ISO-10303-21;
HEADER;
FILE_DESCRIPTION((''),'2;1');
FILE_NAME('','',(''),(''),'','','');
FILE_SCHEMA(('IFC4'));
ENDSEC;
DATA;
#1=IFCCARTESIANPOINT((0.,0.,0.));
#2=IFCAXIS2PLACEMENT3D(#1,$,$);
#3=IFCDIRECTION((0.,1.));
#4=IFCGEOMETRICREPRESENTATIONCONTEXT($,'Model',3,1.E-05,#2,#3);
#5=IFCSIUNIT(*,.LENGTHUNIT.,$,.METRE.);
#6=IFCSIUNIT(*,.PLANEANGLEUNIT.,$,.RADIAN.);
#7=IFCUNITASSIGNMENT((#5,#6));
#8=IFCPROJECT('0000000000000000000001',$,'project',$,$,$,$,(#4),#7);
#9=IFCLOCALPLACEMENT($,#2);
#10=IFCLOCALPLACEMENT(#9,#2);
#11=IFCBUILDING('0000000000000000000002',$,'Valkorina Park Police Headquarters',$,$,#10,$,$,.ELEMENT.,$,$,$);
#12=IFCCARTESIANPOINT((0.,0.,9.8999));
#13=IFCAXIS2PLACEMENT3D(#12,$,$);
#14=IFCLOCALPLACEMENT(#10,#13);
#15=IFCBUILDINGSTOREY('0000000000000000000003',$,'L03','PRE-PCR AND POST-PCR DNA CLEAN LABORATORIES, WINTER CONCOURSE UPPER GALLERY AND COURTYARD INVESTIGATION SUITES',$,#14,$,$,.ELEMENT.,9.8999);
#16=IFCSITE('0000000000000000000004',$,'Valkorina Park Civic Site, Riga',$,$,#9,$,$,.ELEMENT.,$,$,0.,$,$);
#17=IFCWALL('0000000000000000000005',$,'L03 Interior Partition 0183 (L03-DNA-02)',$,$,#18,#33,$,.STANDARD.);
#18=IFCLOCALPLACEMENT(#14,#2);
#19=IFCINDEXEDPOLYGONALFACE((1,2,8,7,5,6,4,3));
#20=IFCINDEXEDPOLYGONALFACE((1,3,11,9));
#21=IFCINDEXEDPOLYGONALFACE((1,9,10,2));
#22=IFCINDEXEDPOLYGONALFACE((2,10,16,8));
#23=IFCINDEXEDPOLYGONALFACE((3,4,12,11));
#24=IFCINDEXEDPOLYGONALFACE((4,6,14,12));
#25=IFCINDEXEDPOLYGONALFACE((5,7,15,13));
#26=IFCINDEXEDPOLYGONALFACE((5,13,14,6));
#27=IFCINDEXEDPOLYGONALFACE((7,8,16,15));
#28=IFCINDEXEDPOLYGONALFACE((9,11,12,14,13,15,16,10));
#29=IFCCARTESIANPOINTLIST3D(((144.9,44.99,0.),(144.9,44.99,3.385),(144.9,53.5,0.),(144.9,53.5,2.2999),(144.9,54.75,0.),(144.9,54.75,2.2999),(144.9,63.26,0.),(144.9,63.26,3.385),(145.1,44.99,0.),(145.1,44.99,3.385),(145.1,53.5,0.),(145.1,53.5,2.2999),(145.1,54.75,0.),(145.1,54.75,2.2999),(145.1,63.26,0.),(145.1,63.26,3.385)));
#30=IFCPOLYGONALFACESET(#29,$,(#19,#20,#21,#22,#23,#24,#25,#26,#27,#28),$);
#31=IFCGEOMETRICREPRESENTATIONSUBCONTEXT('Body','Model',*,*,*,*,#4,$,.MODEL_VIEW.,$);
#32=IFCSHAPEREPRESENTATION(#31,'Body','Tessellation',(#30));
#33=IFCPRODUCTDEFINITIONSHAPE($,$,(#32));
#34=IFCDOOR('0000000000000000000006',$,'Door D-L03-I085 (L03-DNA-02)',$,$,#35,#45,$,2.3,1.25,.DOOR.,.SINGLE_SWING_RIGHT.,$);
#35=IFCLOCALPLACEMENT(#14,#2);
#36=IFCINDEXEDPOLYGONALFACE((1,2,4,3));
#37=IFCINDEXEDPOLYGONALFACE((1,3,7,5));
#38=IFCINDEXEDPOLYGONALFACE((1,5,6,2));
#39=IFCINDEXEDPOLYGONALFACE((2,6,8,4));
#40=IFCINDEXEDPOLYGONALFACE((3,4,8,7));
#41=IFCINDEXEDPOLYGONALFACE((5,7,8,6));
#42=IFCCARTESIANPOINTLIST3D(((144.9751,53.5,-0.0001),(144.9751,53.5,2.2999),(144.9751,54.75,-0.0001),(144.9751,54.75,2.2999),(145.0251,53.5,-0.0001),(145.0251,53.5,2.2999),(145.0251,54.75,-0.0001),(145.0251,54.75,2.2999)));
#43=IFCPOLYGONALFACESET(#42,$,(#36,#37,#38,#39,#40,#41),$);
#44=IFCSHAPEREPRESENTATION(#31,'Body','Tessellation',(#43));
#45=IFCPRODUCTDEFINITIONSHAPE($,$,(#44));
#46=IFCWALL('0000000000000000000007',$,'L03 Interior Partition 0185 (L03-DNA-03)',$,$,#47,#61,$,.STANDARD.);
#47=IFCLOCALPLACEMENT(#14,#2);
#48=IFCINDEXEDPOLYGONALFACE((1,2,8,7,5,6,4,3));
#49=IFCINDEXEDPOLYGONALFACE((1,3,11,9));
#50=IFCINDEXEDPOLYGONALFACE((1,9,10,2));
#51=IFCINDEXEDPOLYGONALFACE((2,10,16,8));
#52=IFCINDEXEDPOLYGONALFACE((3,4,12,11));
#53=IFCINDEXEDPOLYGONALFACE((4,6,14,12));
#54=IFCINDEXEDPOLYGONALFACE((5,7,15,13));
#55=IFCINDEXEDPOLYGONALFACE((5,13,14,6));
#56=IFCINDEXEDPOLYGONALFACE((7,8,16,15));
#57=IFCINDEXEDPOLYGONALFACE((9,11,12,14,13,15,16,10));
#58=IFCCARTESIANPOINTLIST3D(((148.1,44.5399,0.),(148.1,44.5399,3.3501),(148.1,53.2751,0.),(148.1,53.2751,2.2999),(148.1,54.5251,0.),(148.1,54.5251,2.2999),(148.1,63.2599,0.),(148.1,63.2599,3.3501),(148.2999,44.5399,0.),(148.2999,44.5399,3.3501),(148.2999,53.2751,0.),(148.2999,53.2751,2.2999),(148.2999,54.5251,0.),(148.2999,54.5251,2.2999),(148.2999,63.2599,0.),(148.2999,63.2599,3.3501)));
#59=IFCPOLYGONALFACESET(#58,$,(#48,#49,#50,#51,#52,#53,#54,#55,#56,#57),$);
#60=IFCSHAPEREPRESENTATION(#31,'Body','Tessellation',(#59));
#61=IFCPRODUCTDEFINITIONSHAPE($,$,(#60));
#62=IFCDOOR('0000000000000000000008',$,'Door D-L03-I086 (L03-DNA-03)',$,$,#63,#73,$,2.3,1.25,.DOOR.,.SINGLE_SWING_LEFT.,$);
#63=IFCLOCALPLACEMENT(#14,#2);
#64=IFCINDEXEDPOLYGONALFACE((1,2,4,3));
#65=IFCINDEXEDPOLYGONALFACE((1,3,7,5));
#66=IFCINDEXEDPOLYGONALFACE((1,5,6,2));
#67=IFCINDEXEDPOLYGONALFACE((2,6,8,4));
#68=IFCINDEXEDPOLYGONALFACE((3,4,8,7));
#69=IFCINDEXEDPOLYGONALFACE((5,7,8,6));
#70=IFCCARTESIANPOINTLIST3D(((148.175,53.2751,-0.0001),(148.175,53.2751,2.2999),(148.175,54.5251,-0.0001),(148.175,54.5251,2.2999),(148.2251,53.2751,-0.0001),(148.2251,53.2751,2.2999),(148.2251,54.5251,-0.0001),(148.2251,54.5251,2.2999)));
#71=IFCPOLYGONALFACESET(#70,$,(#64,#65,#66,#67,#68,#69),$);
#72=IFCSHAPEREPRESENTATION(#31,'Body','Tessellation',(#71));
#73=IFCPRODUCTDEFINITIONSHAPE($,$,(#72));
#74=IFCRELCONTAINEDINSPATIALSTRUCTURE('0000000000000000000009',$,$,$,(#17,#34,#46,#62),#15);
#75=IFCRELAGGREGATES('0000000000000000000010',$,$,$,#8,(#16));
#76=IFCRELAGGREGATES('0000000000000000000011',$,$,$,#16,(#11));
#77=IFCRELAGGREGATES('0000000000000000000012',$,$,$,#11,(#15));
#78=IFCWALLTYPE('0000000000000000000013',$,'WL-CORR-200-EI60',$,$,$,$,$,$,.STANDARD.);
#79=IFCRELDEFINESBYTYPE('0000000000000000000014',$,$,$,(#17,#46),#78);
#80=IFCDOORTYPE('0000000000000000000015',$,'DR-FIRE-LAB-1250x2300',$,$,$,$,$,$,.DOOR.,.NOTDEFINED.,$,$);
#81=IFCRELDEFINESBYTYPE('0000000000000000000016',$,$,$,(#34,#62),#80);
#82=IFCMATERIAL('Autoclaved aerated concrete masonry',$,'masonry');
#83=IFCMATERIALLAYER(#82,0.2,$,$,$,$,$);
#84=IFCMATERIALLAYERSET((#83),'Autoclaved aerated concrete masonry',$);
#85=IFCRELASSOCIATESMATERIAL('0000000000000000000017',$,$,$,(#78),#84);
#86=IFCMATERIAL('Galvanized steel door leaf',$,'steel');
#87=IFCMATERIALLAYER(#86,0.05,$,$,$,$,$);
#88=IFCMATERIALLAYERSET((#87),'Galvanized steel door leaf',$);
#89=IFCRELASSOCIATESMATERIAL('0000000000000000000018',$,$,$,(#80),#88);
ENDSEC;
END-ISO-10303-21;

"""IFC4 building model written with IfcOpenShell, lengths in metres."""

from ifc_helpers import new_model, si_unit, direction, frame, frame_2d, origin, place, context, subcontext, project, spatial, rectangle, extrude, material, layer, layer_set, type_object, element, fill, save


model = new_model("IFC4")

# Units and contexts
model_context = context("Model", 3, precision=1e-05, world=origin(), true_north=direction((0.0, 1.0)))
body_context = subcontext(model_context, "Body", "Model", "MODEL_VIEW")
ifc_project = project(units=[si_unit("LENGTHUNIT", "METRE"), si_unit("PLANEANGLEUNIT", "RADIAN")], contexts=[model_context])

# Site, building, storey
site_placement = place(None, origin())
site = spatial("IfcSite", under=ifc_project, at=site_placement, Name="Valkorina Park Civic Site, Riga", CompositionType="ELEMENT", RefElevation=0.0)
building_placement = place(site_placement, origin())
building = spatial("IfcBuilding", under=site, at=building_placement, Name="Valkorina Park Police Headquarters", CompositionType="ELEMENT")
storey_placement = place(building_placement, frame((0.0, 0.0, 9.8999)))
storey = spatial("IfcBuildingStorey", under=building, at=storey_placement, Name="L03", Description="PRE-PCR AND POST-PCR DNA CLEAN LABORATORIES, WINTER CONCOURSE UPPER GALLERY AND COURTYARD INVESTIGATION SUITES", CompositionType="ELEMENT", Elevation=9.8999)

# Walls, openings, doors
ifc_material_1 = material(Name="Autoclaved aerated concrete masonry", Category="masonry")
ifc_layer_1 = layer(ifc_material_1, 0.2)
ifc_layer_set_1 = layer_set([ifc_layer_1], Name="Autoclaved aerated concrete masonry")
wall_type = type_object("IfcWallType", Name="WL-CORR-200-EI60", PredefinedType="STANDARD", material=ifc_layer_set_1)
wall_1_placement = place(storey_placement, frame((145.0, 44.99, 0.0), z_axis=(0.0, 0.0, 1.0), x_axis=(0.0, 1.0, 0.0)))
wall_1 = element("IfcWall", 1, at=wall_1_placement, inside=storey, type_object=wall_type, Name="L03 Interior Partition 0183 (L03-DNA-02)", PredefinedType="STANDARD", context=body_context, shape_type="SweptSolid", body=[
    extrude(rectangle(XDim=18.27, YDim=0.2, at=frame_2d((9.135, 0.0))), origin(), (0.0, 0.0, 1.0), 3.385),
])
opening_1_placement = place(wall_1_placement, frame((8.51, 0.0, 0.0)))
opening_1 = element("IfcOpeningElement", 2, at=opening_1_placement, cuts=wall_1, PredefinedType="OPENING", context=body_context, shape_type="SweptSolid", body=[
    extrude(rectangle(XDim=1.25, YDim=2.3, at=frame_2d((0.625, 1.1499))), frame((0.0, 0.1099, 0.0), z_axis=(0.0, -1.0, 0.0), x_axis=(1.0, 0.0, 0.0)), (0.0, 0.0, 1.0), 0.22),
])
ifc_material_2 = material(Name="Galvanized steel door leaf", Category="steel")
ifc_layer_2 = layer(ifc_material_2, 0.05)
ifc_layer_set_2 = layer_set([ifc_layer_2], Name="Galvanized steel door leaf")
door_type = type_object("IfcDoorType", Name="DR-FIRE-LAB-1250x2300", OperationType="NOTDEFINED", PredefinedType="DOOR", material=ifc_layer_set_2)
door_1_placement = place(opening_1_placement, origin())
door_1 = element("IfcDoor", 3, at=door_1_placement, inside=storey, type_object=door_type, Name="Door D-L03-I085 (L03-DNA-02)", OperationType="SINGLE_SWING_RIGHT", OverallHeight=2.3, OverallWidth=1.25, PredefinedType="DOOR", context=body_context, shape_type="SweptSolid", body=[
    extrude(rectangle(XDim=1.25, YDim=2.3, at=frame_2d((0.625, 1.1499))), frame((0.0, 0.0249, 0.0), z_axis=(0.0, -1.0, 0.0), x_axis=(1.0, 0.0, 0.0)), (0.0, 0.0, 1.0), 0.05),
])
fill(opening_1, door_1)
wall_2_placement = place(storey_placement, frame((148.2, 44.54, 0.0), z_axis=(0.0, 0.0, 1.0), x_axis=(0.0, 1.0, 0.0)))
wall_2 = element("IfcWall", 4, at=wall_2_placement, inside=storey, type_object=wall_type, Name="L03 Interior Partition 0185 (L03-DNA-03)", PredefinedType="STANDARD", context=body_context, shape_type="SweptSolid", body=[
    extrude(rectangle(XDim=18.72, YDim=0.2, at=frame_2d((9.3599, 0.0))), origin(), (0.0, 0.0, 1.0), 3.3501),
])
opening_2_placement = place(wall_2_placement, frame((8.7351, 0.0, 0.0)))
opening_2 = element("IfcOpeningElement", 5, at=opening_2_placement, cuts=wall_2, PredefinedType="OPENING", context=body_context, shape_type="SweptSolid", body=[
    extrude(rectangle(XDim=1.25, YDim=2.3, at=frame_2d((0.625, 1.1499))), frame((0.0, 0.1099, 0.0), z_axis=(0.0, -1.0, 0.0), x_axis=(1.0, 0.0, 0.0)), (0.0, 0.0, 1.0), 0.22),
])
door_2_placement = place(opening_2_placement, origin())
door_2 = element("IfcDoor", 6, at=door_2_placement, inside=storey, type_object=door_type, Name="Door D-L03-I086 (L03-DNA-03)", OperationType="SINGLE_SWING_LEFT", OverallHeight=2.3, OverallWidth=1.25, PredefinedType="DOOR", context=body_context, shape_type="SweptSolid", body=[
    extrude(rectangle(XDim=1.25, YDim=2.3, at=frame_2d((0.625, 1.1499))), frame((0.0, 0.0249, 0.0), z_axis=(0.0, -1.0, 0.0), x_axis=(1.0, 0.0, 0.0)), (0.0, 0.0, 1.0), 0.05),
])
fill(opening_2, door_2)

save(model, "model.ifc")
